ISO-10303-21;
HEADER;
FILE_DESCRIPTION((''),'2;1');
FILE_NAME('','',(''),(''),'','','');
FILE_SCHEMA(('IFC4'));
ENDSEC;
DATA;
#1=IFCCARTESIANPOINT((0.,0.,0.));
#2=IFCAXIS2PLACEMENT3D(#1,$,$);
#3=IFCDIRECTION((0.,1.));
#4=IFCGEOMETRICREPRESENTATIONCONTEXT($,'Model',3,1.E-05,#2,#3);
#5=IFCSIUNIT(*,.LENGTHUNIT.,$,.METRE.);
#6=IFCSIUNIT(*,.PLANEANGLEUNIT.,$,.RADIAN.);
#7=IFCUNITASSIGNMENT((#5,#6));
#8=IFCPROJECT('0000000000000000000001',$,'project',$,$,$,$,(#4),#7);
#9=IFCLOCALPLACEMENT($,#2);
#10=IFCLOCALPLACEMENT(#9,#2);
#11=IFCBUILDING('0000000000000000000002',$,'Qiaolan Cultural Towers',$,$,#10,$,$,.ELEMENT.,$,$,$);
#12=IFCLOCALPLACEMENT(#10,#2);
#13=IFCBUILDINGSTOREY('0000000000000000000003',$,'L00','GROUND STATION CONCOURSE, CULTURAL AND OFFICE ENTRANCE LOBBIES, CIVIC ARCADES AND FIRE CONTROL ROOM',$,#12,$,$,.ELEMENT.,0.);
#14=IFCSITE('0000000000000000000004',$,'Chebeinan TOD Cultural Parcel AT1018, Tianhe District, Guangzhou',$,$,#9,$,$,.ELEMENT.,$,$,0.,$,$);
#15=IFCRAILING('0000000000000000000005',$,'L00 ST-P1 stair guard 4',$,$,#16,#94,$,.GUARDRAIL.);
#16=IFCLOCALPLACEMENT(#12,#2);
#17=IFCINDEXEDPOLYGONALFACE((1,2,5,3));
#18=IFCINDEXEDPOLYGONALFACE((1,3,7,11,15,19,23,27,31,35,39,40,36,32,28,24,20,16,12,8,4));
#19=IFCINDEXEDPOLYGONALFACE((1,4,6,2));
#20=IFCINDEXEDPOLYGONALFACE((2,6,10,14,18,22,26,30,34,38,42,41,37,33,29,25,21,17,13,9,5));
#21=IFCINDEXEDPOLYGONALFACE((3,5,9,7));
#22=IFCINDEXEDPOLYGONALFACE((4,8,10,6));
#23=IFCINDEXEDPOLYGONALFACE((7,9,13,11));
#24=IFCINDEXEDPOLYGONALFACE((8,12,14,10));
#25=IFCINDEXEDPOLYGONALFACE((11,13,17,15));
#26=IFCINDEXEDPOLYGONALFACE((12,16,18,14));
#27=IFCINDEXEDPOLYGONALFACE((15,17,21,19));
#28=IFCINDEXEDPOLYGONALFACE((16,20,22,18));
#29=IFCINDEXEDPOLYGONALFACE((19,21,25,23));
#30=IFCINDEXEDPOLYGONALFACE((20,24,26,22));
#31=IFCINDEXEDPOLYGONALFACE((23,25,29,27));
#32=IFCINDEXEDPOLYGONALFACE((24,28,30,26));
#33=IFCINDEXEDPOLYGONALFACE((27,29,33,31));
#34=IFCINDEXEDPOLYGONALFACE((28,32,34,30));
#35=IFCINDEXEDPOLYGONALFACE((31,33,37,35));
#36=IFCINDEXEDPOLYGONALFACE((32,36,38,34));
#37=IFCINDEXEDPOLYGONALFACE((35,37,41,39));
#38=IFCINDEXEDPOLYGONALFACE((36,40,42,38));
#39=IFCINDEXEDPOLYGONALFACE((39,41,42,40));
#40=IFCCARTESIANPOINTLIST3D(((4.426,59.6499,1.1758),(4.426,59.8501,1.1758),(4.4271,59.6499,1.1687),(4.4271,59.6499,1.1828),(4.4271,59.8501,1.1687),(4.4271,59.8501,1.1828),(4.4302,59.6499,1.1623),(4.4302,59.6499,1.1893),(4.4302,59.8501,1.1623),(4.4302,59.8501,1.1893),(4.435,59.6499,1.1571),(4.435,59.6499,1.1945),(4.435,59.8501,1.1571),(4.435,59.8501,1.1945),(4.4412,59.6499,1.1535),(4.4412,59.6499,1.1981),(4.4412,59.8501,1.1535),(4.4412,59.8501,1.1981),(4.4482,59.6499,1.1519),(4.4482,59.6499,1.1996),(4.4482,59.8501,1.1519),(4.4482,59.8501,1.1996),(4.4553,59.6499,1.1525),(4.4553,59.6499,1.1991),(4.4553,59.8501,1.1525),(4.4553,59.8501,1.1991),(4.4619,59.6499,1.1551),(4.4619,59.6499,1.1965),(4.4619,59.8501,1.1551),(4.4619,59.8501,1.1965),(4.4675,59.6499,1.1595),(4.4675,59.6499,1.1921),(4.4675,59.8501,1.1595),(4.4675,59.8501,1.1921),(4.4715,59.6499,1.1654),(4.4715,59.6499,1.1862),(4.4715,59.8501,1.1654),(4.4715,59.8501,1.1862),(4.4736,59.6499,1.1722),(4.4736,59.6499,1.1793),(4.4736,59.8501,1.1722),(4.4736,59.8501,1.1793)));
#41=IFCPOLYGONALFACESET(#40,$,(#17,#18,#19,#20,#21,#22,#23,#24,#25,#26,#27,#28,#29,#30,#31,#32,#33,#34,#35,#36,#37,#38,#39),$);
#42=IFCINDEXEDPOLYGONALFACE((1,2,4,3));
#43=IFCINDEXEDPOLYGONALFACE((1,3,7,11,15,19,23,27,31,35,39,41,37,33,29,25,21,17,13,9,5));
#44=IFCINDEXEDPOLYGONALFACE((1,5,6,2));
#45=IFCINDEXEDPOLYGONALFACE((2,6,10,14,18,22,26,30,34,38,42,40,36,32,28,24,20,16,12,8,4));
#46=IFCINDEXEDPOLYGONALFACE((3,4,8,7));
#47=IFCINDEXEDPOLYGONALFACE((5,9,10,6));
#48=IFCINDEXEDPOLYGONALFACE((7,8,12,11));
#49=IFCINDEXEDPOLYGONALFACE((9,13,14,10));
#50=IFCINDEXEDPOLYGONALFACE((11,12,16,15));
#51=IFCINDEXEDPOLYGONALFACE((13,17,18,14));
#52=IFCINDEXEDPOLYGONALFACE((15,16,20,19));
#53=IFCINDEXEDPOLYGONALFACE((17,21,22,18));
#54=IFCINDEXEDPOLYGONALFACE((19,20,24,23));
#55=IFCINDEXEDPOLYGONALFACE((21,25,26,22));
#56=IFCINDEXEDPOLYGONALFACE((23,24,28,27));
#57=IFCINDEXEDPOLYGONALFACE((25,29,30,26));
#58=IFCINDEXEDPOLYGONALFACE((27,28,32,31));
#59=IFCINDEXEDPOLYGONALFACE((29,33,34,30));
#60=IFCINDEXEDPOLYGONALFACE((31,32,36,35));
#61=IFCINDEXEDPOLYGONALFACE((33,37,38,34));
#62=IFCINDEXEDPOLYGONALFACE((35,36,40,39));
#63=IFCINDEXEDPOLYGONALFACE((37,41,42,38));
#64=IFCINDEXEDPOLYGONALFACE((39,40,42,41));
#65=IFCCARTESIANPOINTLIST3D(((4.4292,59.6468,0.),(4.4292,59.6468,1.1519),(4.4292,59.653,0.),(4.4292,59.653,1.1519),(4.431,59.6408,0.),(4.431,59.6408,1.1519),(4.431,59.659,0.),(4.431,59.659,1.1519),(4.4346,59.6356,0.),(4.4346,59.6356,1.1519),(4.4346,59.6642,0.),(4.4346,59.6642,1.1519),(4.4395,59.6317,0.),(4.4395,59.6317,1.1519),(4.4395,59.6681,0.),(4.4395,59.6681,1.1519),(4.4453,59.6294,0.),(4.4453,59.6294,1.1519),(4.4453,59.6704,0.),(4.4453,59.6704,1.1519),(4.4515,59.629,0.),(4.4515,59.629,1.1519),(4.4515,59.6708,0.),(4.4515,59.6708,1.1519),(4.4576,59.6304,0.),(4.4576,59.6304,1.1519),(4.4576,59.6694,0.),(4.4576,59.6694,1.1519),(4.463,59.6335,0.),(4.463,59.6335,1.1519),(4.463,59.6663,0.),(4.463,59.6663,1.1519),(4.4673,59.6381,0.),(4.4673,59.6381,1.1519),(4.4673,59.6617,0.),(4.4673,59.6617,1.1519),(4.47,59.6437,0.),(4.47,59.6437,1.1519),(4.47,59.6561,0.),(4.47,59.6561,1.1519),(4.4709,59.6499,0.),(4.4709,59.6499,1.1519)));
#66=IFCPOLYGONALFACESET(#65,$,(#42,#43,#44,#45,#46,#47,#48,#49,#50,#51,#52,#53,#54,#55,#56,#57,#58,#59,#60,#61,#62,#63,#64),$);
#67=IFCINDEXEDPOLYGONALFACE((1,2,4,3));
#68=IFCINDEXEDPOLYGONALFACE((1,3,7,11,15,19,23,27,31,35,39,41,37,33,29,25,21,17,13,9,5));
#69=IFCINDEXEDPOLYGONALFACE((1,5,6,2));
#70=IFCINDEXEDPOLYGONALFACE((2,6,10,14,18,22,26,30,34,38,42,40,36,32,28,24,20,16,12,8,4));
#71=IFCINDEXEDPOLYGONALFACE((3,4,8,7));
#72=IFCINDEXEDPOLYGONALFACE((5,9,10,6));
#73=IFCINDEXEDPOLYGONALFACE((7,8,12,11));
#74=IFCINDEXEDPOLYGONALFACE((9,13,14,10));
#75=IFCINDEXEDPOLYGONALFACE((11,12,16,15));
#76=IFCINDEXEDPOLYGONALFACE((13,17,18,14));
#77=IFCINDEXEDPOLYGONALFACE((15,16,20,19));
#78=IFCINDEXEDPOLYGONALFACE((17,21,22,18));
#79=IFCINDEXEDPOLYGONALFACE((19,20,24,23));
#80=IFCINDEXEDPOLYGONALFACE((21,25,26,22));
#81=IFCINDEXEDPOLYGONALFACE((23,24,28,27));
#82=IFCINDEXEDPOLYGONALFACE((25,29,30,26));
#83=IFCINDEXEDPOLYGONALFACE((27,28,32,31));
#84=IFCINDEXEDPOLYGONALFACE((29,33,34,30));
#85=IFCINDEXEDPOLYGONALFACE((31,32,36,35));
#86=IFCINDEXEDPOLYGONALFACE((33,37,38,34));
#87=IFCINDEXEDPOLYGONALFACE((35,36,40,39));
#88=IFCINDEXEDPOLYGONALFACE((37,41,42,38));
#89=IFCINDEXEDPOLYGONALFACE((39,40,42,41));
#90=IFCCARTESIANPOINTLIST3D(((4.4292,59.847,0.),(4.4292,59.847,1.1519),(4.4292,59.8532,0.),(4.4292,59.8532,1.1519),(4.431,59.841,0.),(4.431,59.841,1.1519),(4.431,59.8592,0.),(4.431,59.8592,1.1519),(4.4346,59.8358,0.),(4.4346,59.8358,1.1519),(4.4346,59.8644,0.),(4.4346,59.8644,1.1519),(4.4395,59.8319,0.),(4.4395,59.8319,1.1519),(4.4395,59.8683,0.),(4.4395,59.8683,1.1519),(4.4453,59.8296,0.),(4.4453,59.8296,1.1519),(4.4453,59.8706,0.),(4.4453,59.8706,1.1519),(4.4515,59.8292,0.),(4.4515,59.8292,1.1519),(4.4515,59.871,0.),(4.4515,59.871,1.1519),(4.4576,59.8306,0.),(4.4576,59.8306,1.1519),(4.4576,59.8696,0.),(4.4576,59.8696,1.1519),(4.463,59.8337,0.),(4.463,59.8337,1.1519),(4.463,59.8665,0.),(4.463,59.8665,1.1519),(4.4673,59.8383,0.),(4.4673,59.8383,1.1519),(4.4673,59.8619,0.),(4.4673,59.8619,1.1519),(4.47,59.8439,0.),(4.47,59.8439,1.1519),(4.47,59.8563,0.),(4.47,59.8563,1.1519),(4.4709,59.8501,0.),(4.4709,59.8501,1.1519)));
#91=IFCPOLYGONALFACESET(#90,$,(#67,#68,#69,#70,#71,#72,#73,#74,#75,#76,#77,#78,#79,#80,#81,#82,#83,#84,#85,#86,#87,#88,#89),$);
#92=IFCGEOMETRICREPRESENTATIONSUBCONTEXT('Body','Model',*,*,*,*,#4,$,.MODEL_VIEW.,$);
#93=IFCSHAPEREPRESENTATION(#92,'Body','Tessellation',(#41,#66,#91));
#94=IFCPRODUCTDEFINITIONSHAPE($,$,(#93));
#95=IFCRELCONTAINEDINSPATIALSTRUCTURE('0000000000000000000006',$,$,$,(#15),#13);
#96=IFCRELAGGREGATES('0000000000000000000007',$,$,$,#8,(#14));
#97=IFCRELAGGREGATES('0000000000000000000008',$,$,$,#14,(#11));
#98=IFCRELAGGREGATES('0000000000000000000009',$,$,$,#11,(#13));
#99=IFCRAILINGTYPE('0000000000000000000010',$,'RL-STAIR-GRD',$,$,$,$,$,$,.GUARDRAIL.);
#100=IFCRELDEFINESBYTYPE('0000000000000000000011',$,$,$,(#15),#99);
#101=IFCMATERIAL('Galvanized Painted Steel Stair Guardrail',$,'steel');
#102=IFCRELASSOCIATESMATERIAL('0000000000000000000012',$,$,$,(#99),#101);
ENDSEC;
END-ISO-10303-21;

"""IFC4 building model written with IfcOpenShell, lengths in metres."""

from ifc_helpers import new_model, si_unit, direction, frame, origin, origin_2d, place, context, subcontext, project, spatial, circle, extrude, material, type_object, element, save


model = new_model("IFC4")

# Units and contexts
model_context = context("Model", 3, precision=1e-05, world=origin(), true_north=direction((0.0, 1.0)))
body_context = subcontext(model_context, "Body", "Model", "MODEL_VIEW")
ifc_project = project(units=[si_unit("LENGTHUNIT", "METRE"), si_unit("PLANEANGLEUNIT", "RADIAN")], contexts=[model_context])

# Site, building, storey
site_placement = place(None, origin())
site = spatial("IfcSite", under=ifc_project, at=site_placement, Name="Chebeinan TOD Cultural Parcel AT1018, Tianhe District, Guangzhou", CompositionType="ELEMENT", RefElevation=0.0)
building_placement = place(site_placement, origin())
building = spatial("IfcBuilding", under=site, at=building_placement, Name="Qiaolan Cultural Towers", CompositionType="ELEMENT")
storey_placement = place(building_placement, origin())
storey = spatial("IfcBuildingStorey", under=building, at=storey_placement, Name="L00", Description="GROUND STATION CONCOURSE, CULTURAL AND OFFICE ENTRANCE LOBBIES, CIVIC ARCADES AND FIRE CONTROL ROOM", CompositionType="ELEMENT", Elevation=0.0)

# Railing
ifc_material_1 = material(Name="Galvanized Painted Steel Stair Guardrail", Category="steel")
railing_type_1 = type_object("IfcRailingType", Name="RL-STAIR-GRD", PredefinedType="GUARDRAIL", material=ifc_material_1)
railing_1_placement = place(storey_placement, frame((4.45, 59.6499, 0.0)))
element("IfcRailing", 1, at=railing_1_placement, inside=storey, type_object=railing_type_1, Name="L00 ST-P1 stair guard 4", PredefinedType="GUARDRAIL", context=body_context, shape_type="SweptSolid", body=[
    extrude(circle(Radius=0.0239, at=origin_2d()), frame((0.0, 0.0, 1.1758), z_axis=(0.0, 1.0, 0.0), x_axis=(-1.0, 0.0, 0.0)), (0.0, 0.0, 1.0), 0.2002),
    extrude(circle(Radius=0.021, at=origin_2d()), origin(), (0.0, 0.0, 1.0), 1.1519),
    extrude(circle(Radius=0.021, at=origin_2d()), frame((0.0, 0.2002, 0.0)), (0.0, 0.0, 1.0), 1.1519),
])

save(model, "model.ifc")
